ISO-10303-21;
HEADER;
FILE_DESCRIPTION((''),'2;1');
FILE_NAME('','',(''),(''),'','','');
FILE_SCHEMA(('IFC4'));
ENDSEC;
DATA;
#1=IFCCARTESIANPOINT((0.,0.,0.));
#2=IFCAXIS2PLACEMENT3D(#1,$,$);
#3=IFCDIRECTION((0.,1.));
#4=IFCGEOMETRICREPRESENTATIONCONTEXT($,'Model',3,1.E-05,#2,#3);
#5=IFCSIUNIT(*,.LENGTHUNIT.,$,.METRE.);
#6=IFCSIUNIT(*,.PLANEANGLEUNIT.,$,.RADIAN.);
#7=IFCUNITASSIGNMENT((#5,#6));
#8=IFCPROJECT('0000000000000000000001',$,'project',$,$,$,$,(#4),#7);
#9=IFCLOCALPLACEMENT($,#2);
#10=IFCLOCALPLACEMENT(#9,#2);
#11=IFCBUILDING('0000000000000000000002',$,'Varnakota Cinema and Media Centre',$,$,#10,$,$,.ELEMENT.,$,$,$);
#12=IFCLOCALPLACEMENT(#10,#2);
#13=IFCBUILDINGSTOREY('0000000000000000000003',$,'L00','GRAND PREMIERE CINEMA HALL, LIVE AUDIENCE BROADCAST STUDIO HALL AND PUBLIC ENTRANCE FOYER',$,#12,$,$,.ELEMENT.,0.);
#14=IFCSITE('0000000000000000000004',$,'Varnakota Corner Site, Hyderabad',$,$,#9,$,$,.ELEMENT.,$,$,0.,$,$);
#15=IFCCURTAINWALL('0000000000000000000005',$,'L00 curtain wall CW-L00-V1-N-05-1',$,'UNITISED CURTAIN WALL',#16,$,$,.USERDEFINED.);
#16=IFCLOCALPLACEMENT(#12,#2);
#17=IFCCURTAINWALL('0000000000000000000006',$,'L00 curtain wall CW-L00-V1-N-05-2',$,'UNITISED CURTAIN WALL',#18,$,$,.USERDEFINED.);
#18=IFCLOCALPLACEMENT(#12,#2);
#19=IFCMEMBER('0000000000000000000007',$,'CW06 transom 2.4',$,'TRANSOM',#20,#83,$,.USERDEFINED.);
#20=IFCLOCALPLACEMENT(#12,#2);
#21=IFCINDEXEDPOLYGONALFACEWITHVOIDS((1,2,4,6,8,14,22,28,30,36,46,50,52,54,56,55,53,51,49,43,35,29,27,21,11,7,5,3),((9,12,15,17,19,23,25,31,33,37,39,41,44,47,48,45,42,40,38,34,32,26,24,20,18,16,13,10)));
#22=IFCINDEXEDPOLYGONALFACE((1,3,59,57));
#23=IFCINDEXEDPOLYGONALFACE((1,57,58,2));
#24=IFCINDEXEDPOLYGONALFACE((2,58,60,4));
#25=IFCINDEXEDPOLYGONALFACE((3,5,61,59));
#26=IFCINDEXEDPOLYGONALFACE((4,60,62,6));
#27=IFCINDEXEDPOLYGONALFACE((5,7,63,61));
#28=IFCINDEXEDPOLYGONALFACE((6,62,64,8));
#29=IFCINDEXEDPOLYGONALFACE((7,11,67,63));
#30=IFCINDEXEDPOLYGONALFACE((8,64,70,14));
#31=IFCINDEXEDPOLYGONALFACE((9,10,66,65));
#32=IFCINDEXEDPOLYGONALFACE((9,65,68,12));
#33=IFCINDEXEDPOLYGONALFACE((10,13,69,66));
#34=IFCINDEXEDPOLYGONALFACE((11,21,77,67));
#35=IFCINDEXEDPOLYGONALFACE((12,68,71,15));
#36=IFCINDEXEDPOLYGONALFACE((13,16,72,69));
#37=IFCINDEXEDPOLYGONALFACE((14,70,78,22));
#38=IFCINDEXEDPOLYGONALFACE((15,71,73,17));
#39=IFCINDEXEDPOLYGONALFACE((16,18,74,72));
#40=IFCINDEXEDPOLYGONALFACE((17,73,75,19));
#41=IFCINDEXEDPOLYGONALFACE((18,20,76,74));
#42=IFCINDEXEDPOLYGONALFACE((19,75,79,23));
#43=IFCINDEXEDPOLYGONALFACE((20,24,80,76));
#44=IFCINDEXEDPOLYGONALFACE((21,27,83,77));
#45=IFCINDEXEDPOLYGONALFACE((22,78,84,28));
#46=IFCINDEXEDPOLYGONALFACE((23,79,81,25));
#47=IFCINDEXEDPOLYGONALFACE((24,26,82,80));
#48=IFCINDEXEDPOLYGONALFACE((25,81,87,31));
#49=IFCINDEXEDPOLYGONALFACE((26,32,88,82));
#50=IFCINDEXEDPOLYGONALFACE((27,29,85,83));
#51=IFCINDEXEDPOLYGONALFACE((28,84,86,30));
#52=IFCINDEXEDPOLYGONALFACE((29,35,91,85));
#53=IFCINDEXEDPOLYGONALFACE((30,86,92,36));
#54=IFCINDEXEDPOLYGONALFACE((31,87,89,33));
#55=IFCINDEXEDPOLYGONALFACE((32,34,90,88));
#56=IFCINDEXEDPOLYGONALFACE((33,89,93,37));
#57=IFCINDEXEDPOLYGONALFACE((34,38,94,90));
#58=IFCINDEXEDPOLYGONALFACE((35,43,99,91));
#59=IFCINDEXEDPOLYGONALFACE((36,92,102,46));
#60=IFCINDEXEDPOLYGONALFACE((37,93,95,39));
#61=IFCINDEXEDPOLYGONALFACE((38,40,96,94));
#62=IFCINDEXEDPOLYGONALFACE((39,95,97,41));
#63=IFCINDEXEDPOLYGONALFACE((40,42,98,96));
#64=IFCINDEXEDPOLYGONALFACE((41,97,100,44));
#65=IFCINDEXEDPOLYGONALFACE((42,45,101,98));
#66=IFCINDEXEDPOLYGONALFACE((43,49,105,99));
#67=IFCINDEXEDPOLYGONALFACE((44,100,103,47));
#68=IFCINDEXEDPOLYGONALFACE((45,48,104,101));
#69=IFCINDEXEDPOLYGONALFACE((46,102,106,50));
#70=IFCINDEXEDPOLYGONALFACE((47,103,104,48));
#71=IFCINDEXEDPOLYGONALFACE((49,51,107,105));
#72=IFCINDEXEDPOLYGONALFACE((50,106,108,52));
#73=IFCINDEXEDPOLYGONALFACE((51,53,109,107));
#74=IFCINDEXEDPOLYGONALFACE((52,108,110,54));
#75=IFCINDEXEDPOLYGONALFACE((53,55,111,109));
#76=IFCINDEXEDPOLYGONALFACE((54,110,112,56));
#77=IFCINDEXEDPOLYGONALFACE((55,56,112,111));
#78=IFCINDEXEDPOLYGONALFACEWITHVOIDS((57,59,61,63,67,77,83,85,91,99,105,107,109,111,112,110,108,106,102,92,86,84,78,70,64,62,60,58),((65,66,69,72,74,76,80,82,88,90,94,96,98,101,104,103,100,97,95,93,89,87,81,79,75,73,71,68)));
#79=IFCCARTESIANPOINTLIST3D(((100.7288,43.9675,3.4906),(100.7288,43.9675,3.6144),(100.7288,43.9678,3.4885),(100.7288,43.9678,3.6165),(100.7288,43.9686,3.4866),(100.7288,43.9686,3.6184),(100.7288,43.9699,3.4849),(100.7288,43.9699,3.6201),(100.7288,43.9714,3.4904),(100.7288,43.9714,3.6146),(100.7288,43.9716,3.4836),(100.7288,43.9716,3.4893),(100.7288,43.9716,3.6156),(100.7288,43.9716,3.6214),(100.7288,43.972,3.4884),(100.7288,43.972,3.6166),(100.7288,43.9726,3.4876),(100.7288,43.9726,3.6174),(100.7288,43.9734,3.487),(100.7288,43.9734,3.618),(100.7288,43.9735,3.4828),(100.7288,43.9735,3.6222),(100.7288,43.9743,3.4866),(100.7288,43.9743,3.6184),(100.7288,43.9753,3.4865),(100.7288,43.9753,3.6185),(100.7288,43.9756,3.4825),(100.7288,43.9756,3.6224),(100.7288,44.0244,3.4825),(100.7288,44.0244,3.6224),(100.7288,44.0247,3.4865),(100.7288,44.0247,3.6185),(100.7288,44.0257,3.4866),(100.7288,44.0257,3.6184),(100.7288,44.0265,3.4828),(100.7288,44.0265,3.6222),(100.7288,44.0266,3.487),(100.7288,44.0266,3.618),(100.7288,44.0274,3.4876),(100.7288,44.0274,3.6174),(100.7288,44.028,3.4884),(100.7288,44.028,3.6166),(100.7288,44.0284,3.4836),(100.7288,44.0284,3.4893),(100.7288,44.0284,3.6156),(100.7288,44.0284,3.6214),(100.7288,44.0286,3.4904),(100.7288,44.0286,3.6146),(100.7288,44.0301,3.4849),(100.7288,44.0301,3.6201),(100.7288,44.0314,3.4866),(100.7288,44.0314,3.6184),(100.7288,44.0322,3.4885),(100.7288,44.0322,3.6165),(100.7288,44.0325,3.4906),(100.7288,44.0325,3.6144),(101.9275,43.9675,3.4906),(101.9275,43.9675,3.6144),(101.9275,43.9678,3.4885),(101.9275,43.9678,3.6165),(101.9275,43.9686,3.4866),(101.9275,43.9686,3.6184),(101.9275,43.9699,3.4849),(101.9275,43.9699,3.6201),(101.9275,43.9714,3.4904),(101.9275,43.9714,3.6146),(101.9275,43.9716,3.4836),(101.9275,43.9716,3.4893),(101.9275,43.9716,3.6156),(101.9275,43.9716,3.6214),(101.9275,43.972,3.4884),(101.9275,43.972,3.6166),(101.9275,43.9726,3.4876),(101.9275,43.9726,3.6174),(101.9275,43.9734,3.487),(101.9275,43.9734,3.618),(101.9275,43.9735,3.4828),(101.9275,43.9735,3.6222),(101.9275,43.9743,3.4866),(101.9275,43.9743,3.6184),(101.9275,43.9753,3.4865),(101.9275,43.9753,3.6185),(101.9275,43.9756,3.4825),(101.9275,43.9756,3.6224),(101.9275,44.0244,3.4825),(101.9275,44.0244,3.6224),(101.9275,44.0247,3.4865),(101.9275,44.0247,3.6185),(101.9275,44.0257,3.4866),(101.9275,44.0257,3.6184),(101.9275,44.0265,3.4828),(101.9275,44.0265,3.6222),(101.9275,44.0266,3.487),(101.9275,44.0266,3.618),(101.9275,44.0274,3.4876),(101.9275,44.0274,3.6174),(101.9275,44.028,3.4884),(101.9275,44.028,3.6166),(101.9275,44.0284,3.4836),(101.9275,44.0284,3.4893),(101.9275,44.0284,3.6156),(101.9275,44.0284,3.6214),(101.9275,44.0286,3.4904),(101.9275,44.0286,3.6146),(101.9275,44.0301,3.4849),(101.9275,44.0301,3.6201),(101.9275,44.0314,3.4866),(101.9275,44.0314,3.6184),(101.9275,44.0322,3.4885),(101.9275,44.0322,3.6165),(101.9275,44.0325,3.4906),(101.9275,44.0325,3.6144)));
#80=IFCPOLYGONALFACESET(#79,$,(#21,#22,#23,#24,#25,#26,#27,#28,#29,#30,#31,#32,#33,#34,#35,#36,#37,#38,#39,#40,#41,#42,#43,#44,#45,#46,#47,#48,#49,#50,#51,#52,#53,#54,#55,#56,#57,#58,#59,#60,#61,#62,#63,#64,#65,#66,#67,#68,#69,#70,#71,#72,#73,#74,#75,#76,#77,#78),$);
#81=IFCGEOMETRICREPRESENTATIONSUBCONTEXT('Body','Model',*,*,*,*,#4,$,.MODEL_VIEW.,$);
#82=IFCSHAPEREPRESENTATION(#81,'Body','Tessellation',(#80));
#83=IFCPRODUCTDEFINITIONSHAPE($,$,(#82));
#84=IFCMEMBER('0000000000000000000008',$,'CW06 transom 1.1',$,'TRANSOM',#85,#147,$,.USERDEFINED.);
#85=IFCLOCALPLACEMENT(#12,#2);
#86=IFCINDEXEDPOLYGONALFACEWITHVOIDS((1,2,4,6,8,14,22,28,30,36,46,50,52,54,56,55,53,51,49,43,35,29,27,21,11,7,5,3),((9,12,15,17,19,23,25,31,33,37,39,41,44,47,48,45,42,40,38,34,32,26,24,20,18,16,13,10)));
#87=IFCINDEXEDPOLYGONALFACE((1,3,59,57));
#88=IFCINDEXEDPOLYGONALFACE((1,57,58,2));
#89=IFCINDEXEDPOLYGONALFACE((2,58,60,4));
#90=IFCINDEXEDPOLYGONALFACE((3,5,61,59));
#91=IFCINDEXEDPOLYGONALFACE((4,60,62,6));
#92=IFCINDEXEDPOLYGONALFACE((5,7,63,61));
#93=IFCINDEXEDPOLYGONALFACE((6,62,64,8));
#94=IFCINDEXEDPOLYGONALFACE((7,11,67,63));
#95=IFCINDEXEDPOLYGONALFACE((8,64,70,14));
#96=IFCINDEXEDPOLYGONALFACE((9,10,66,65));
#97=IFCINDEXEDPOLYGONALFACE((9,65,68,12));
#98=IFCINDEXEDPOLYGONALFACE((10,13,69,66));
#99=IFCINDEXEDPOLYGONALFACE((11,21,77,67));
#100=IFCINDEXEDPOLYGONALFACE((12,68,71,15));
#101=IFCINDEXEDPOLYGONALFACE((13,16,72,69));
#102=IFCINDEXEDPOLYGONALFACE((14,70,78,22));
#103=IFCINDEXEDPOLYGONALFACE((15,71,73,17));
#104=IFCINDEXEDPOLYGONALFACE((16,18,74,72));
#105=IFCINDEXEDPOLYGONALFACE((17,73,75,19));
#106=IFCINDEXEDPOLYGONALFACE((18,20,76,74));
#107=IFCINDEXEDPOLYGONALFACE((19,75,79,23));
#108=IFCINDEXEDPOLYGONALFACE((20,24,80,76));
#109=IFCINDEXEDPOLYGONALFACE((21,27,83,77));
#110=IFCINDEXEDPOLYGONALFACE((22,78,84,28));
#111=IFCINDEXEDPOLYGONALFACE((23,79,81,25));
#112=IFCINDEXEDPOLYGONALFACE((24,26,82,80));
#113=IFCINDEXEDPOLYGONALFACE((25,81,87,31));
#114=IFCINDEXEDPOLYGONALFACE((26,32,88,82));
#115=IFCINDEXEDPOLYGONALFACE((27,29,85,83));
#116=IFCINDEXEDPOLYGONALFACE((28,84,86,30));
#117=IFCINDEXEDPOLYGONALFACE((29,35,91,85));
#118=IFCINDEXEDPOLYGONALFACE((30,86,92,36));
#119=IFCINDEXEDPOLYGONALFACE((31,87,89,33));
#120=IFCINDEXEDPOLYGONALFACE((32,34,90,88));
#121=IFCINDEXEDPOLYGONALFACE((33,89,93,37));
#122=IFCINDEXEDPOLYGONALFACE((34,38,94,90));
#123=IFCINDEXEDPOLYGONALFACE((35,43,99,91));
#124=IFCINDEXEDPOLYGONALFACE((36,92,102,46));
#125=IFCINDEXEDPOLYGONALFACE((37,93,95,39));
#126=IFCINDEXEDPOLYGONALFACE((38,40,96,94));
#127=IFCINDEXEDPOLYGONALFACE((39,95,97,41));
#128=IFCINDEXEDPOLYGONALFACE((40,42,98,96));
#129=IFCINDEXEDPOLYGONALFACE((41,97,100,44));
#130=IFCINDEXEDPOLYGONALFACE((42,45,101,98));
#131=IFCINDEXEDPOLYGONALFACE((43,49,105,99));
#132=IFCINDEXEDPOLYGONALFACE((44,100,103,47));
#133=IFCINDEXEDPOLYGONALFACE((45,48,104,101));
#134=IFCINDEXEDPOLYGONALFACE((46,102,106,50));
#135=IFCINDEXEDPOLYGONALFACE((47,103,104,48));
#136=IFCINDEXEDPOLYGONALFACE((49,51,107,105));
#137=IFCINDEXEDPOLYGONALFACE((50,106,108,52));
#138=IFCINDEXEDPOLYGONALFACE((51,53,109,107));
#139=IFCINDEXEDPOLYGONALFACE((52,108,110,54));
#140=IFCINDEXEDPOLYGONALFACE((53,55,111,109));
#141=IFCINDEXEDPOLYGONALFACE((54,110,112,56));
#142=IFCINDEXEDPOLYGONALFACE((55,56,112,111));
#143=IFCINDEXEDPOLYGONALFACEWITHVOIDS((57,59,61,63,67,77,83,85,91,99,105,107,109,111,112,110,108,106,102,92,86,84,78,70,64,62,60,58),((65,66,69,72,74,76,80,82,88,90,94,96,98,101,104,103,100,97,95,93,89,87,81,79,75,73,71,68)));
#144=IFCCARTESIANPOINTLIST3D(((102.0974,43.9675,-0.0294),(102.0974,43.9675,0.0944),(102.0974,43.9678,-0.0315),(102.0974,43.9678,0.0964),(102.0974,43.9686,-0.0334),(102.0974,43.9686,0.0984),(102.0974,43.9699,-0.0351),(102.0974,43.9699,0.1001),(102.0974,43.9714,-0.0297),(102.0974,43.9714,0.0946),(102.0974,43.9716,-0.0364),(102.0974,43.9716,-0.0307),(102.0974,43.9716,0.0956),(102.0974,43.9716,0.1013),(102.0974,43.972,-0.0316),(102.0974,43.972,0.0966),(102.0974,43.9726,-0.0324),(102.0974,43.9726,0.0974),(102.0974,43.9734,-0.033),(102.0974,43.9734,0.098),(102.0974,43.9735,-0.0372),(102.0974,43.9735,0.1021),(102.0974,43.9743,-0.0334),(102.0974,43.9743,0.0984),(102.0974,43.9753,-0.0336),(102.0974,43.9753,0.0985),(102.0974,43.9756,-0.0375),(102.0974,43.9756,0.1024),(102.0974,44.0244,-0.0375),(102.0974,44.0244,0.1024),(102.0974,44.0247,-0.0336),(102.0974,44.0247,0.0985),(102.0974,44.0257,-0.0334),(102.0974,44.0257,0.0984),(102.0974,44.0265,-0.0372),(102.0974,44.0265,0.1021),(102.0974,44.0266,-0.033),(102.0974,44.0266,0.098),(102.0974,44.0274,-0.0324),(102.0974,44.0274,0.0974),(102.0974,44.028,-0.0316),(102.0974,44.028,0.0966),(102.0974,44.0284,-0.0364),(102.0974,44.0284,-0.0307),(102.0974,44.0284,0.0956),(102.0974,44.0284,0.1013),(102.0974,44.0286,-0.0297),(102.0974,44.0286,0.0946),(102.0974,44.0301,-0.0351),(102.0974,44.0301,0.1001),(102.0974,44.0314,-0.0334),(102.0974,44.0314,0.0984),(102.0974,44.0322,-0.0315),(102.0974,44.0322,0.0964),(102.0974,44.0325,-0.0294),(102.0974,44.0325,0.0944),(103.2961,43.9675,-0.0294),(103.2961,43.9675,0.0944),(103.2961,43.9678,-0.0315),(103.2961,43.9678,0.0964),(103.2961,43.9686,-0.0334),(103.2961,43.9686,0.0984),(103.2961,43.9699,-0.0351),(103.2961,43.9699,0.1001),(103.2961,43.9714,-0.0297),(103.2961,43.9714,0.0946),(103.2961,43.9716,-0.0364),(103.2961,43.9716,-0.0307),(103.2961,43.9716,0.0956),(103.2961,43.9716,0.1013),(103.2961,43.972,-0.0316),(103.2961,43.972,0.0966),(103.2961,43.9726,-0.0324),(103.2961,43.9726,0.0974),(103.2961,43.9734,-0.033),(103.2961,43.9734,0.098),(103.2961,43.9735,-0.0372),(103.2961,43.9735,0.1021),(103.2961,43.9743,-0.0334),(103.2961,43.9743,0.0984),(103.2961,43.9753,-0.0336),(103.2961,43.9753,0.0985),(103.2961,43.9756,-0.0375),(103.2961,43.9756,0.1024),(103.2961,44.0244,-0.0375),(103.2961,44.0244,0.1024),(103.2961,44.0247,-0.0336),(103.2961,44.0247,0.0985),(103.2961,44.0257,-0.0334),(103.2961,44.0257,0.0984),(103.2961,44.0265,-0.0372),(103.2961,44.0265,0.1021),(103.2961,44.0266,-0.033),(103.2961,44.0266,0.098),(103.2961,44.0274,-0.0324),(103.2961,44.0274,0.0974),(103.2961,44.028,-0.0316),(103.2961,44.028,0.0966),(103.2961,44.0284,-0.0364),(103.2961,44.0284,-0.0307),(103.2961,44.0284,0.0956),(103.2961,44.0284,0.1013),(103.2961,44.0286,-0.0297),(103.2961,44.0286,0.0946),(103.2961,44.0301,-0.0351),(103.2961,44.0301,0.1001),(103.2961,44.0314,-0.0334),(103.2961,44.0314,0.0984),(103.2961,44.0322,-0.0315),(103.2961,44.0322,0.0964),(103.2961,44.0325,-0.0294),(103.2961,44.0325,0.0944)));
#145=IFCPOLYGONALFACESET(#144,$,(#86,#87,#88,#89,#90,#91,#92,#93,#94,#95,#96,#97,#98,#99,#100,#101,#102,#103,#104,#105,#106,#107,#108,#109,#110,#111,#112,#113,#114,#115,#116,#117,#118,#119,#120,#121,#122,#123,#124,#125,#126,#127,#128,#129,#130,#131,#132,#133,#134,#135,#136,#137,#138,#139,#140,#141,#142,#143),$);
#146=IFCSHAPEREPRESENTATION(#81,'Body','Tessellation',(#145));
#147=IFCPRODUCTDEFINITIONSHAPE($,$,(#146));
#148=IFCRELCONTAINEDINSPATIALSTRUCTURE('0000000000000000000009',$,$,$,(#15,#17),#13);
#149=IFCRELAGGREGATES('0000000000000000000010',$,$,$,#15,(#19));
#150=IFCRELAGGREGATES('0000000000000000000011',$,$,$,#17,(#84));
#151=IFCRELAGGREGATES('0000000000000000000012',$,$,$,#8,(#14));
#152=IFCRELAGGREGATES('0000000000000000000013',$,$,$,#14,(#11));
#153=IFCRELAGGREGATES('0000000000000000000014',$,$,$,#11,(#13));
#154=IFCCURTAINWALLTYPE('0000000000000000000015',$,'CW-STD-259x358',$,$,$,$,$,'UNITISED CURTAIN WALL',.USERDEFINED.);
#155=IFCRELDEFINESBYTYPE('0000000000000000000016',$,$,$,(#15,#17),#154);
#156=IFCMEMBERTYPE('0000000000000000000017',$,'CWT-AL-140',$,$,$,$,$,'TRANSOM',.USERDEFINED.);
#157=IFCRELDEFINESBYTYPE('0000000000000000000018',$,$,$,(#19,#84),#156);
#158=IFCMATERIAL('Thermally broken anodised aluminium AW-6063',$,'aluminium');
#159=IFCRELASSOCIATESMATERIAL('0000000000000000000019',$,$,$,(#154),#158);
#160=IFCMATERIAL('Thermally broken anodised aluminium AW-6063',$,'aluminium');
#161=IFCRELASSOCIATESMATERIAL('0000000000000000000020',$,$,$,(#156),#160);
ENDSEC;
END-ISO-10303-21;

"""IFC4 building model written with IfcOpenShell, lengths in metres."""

from ifc_helpers import new_model, si_unit, direction, frame, origin, origin_2d, place, context, subcontext, project, spatial, hollow_rectangle, extrude, material, material_profile, profile_set, type_object, element, aggregate, save


model = new_model("IFC4")

# Units and contexts
model_context = context("Model", 3, precision=1e-05, world=origin(), true_north=direction((0.0, 1.0)))
body_context = subcontext(model_context, "Body", "Model", "MODEL_VIEW")
ifc_project = project(units=[si_unit("LENGTHUNIT", "METRE"), si_unit("PLANEANGLEUNIT", "RADIAN")], contexts=[model_context])

# Site, building, storey
site_placement = place(None, origin())
site = spatial("IfcSite", under=ifc_project, at=site_placement, Name="Varnakota Corner Site, Hyderabad", CompositionType="ELEMENT", RefElevation=0.0)
building_placement = place(site_placement, origin())
building = spatial("IfcBuilding", under=site, at=building_placement, Name="Varnakota Cinema and Media Centre", CompositionType="ELEMENT")
storey_placement = place(building_placement, origin())
storey = spatial("IfcBuildingStorey", under=building, at=storey_placement, Name="L00", Description="GRAND PREMIERE CINEMA HALL, LIVE AUDIENCE BROADCAST STUDIO HALL AND PUBLIC ENTRANCE FOYER", CompositionType="ELEMENT", Elevation=0.0)

# Curtain walls
ifc_material_1 = material(Name="Thermally broken anodised aluminium AW-6063", Category="aluminium")
curtain_wall_type = type_object("IfcCurtainWallType", Name="CW-STD-259x358", ElementType="UNITISED CURTAIN WALL", PredefinedType="USERDEFINED", material=ifc_material_1)
curtain_wall_1_placement = place(storey_placement, origin())
curtain_wall_1 = element("IfcCurtainWall", 1, at=curtain_wall_1_placement, inside=storey, type_object=curtain_wall_type, Name="L00 curtain wall CW-L00-V1-N-05-1", ObjectType="UNITISED CURTAIN WALL", PredefinedType="USERDEFINED")
curtain_wall_2_placement = place(storey_placement, origin())
curtain_wall_2 = element("IfcCurtainWall", 2, at=curtain_wall_2_placement, inside=storey, type_object=curtain_wall_type, Name="L00 curtain wall CW-L00-V1-N-05-2", ObjectType="UNITISED CURTAIN WALL", PredefinedType="USERDEFINED")

# Members
ifc_material_2 = material(Name="Thermally broken anodised aluminium AW-6063", Category="aluminium")
ifc_material_profile_1 = material_profile(ifc_material_2, hollow_rectangle(XDim=0.0649, YDim=0.1399, WallThickness=0.0039, InnerFilletRadius=0.0039, OuterFilletRadius=0.0081, at=origin_2d()), Name="AL-TRANSOM 140x65x4")
ifc_profile_set_1 = profile_set([ifc_material_profile_1], Name="Thermally broken anodised aluminium AW-6063")
member_type_1 = type_object("IfcMemberType", Name="CWT-AL-140", ElementType="TRANSOM", PredefinedType="USERDEFINED", material=ifc_profile_set_1)
member_1_placement = place(storey_placement, frame((100.7288, 44.0, 3.5525), z_axis=(1.0, 0.0, 0.0), x_axis=(0.0, 1.0, 0.0)))
member_1 = element("IfcMember", 3, at=member_1_placement, type_object=member_type_1, Name="CW06 transom 2.4", ObjectType="TRANSOM", PredefinedType="USERDEFINED", context=body_context, shape_type="SweptSolid", body=[
    extrude(hollow_rectangle(XDim=0.0649, YDim=0.1399, WallThickness=0.0039, InnerFilletRadius=0.0039, OuterFilletRadius=0.0081, at=origin_2d()), origin(), (0.0, 0.0, 1.0), 1.1987),
])
member_2_placement = place(storey_placement, frame((102.0974, 44.0, 0.0325), z_axis=(1.0, 0.0, 0.0), x_axis=(0.0, 1.0, 0.0)))
member_2 = element("IfcMember", 4, at=member_2_placement, type_object=member_type_1, Name="CW06 transom 1.1", ObjectType="TRANSOM", PredefinedType="USERDEFINED", context=body_context, shape_type="SweptSolid", body=[
    extrude(hollow_rectangle(XDim=0.0649, YDim=0.1399, WallThickness=0.0039, InnerFilletRadius=0.0039, OuterFilletRadius=0.0081, at=origin_2d()), origin(), (0.0, 0.0, 1.0), 1.1987),
])

aggregate(curtain_wall_1, [member_1])
aggregate(curtain_wall_2, [member_2])

save(model, "model.ifc")
